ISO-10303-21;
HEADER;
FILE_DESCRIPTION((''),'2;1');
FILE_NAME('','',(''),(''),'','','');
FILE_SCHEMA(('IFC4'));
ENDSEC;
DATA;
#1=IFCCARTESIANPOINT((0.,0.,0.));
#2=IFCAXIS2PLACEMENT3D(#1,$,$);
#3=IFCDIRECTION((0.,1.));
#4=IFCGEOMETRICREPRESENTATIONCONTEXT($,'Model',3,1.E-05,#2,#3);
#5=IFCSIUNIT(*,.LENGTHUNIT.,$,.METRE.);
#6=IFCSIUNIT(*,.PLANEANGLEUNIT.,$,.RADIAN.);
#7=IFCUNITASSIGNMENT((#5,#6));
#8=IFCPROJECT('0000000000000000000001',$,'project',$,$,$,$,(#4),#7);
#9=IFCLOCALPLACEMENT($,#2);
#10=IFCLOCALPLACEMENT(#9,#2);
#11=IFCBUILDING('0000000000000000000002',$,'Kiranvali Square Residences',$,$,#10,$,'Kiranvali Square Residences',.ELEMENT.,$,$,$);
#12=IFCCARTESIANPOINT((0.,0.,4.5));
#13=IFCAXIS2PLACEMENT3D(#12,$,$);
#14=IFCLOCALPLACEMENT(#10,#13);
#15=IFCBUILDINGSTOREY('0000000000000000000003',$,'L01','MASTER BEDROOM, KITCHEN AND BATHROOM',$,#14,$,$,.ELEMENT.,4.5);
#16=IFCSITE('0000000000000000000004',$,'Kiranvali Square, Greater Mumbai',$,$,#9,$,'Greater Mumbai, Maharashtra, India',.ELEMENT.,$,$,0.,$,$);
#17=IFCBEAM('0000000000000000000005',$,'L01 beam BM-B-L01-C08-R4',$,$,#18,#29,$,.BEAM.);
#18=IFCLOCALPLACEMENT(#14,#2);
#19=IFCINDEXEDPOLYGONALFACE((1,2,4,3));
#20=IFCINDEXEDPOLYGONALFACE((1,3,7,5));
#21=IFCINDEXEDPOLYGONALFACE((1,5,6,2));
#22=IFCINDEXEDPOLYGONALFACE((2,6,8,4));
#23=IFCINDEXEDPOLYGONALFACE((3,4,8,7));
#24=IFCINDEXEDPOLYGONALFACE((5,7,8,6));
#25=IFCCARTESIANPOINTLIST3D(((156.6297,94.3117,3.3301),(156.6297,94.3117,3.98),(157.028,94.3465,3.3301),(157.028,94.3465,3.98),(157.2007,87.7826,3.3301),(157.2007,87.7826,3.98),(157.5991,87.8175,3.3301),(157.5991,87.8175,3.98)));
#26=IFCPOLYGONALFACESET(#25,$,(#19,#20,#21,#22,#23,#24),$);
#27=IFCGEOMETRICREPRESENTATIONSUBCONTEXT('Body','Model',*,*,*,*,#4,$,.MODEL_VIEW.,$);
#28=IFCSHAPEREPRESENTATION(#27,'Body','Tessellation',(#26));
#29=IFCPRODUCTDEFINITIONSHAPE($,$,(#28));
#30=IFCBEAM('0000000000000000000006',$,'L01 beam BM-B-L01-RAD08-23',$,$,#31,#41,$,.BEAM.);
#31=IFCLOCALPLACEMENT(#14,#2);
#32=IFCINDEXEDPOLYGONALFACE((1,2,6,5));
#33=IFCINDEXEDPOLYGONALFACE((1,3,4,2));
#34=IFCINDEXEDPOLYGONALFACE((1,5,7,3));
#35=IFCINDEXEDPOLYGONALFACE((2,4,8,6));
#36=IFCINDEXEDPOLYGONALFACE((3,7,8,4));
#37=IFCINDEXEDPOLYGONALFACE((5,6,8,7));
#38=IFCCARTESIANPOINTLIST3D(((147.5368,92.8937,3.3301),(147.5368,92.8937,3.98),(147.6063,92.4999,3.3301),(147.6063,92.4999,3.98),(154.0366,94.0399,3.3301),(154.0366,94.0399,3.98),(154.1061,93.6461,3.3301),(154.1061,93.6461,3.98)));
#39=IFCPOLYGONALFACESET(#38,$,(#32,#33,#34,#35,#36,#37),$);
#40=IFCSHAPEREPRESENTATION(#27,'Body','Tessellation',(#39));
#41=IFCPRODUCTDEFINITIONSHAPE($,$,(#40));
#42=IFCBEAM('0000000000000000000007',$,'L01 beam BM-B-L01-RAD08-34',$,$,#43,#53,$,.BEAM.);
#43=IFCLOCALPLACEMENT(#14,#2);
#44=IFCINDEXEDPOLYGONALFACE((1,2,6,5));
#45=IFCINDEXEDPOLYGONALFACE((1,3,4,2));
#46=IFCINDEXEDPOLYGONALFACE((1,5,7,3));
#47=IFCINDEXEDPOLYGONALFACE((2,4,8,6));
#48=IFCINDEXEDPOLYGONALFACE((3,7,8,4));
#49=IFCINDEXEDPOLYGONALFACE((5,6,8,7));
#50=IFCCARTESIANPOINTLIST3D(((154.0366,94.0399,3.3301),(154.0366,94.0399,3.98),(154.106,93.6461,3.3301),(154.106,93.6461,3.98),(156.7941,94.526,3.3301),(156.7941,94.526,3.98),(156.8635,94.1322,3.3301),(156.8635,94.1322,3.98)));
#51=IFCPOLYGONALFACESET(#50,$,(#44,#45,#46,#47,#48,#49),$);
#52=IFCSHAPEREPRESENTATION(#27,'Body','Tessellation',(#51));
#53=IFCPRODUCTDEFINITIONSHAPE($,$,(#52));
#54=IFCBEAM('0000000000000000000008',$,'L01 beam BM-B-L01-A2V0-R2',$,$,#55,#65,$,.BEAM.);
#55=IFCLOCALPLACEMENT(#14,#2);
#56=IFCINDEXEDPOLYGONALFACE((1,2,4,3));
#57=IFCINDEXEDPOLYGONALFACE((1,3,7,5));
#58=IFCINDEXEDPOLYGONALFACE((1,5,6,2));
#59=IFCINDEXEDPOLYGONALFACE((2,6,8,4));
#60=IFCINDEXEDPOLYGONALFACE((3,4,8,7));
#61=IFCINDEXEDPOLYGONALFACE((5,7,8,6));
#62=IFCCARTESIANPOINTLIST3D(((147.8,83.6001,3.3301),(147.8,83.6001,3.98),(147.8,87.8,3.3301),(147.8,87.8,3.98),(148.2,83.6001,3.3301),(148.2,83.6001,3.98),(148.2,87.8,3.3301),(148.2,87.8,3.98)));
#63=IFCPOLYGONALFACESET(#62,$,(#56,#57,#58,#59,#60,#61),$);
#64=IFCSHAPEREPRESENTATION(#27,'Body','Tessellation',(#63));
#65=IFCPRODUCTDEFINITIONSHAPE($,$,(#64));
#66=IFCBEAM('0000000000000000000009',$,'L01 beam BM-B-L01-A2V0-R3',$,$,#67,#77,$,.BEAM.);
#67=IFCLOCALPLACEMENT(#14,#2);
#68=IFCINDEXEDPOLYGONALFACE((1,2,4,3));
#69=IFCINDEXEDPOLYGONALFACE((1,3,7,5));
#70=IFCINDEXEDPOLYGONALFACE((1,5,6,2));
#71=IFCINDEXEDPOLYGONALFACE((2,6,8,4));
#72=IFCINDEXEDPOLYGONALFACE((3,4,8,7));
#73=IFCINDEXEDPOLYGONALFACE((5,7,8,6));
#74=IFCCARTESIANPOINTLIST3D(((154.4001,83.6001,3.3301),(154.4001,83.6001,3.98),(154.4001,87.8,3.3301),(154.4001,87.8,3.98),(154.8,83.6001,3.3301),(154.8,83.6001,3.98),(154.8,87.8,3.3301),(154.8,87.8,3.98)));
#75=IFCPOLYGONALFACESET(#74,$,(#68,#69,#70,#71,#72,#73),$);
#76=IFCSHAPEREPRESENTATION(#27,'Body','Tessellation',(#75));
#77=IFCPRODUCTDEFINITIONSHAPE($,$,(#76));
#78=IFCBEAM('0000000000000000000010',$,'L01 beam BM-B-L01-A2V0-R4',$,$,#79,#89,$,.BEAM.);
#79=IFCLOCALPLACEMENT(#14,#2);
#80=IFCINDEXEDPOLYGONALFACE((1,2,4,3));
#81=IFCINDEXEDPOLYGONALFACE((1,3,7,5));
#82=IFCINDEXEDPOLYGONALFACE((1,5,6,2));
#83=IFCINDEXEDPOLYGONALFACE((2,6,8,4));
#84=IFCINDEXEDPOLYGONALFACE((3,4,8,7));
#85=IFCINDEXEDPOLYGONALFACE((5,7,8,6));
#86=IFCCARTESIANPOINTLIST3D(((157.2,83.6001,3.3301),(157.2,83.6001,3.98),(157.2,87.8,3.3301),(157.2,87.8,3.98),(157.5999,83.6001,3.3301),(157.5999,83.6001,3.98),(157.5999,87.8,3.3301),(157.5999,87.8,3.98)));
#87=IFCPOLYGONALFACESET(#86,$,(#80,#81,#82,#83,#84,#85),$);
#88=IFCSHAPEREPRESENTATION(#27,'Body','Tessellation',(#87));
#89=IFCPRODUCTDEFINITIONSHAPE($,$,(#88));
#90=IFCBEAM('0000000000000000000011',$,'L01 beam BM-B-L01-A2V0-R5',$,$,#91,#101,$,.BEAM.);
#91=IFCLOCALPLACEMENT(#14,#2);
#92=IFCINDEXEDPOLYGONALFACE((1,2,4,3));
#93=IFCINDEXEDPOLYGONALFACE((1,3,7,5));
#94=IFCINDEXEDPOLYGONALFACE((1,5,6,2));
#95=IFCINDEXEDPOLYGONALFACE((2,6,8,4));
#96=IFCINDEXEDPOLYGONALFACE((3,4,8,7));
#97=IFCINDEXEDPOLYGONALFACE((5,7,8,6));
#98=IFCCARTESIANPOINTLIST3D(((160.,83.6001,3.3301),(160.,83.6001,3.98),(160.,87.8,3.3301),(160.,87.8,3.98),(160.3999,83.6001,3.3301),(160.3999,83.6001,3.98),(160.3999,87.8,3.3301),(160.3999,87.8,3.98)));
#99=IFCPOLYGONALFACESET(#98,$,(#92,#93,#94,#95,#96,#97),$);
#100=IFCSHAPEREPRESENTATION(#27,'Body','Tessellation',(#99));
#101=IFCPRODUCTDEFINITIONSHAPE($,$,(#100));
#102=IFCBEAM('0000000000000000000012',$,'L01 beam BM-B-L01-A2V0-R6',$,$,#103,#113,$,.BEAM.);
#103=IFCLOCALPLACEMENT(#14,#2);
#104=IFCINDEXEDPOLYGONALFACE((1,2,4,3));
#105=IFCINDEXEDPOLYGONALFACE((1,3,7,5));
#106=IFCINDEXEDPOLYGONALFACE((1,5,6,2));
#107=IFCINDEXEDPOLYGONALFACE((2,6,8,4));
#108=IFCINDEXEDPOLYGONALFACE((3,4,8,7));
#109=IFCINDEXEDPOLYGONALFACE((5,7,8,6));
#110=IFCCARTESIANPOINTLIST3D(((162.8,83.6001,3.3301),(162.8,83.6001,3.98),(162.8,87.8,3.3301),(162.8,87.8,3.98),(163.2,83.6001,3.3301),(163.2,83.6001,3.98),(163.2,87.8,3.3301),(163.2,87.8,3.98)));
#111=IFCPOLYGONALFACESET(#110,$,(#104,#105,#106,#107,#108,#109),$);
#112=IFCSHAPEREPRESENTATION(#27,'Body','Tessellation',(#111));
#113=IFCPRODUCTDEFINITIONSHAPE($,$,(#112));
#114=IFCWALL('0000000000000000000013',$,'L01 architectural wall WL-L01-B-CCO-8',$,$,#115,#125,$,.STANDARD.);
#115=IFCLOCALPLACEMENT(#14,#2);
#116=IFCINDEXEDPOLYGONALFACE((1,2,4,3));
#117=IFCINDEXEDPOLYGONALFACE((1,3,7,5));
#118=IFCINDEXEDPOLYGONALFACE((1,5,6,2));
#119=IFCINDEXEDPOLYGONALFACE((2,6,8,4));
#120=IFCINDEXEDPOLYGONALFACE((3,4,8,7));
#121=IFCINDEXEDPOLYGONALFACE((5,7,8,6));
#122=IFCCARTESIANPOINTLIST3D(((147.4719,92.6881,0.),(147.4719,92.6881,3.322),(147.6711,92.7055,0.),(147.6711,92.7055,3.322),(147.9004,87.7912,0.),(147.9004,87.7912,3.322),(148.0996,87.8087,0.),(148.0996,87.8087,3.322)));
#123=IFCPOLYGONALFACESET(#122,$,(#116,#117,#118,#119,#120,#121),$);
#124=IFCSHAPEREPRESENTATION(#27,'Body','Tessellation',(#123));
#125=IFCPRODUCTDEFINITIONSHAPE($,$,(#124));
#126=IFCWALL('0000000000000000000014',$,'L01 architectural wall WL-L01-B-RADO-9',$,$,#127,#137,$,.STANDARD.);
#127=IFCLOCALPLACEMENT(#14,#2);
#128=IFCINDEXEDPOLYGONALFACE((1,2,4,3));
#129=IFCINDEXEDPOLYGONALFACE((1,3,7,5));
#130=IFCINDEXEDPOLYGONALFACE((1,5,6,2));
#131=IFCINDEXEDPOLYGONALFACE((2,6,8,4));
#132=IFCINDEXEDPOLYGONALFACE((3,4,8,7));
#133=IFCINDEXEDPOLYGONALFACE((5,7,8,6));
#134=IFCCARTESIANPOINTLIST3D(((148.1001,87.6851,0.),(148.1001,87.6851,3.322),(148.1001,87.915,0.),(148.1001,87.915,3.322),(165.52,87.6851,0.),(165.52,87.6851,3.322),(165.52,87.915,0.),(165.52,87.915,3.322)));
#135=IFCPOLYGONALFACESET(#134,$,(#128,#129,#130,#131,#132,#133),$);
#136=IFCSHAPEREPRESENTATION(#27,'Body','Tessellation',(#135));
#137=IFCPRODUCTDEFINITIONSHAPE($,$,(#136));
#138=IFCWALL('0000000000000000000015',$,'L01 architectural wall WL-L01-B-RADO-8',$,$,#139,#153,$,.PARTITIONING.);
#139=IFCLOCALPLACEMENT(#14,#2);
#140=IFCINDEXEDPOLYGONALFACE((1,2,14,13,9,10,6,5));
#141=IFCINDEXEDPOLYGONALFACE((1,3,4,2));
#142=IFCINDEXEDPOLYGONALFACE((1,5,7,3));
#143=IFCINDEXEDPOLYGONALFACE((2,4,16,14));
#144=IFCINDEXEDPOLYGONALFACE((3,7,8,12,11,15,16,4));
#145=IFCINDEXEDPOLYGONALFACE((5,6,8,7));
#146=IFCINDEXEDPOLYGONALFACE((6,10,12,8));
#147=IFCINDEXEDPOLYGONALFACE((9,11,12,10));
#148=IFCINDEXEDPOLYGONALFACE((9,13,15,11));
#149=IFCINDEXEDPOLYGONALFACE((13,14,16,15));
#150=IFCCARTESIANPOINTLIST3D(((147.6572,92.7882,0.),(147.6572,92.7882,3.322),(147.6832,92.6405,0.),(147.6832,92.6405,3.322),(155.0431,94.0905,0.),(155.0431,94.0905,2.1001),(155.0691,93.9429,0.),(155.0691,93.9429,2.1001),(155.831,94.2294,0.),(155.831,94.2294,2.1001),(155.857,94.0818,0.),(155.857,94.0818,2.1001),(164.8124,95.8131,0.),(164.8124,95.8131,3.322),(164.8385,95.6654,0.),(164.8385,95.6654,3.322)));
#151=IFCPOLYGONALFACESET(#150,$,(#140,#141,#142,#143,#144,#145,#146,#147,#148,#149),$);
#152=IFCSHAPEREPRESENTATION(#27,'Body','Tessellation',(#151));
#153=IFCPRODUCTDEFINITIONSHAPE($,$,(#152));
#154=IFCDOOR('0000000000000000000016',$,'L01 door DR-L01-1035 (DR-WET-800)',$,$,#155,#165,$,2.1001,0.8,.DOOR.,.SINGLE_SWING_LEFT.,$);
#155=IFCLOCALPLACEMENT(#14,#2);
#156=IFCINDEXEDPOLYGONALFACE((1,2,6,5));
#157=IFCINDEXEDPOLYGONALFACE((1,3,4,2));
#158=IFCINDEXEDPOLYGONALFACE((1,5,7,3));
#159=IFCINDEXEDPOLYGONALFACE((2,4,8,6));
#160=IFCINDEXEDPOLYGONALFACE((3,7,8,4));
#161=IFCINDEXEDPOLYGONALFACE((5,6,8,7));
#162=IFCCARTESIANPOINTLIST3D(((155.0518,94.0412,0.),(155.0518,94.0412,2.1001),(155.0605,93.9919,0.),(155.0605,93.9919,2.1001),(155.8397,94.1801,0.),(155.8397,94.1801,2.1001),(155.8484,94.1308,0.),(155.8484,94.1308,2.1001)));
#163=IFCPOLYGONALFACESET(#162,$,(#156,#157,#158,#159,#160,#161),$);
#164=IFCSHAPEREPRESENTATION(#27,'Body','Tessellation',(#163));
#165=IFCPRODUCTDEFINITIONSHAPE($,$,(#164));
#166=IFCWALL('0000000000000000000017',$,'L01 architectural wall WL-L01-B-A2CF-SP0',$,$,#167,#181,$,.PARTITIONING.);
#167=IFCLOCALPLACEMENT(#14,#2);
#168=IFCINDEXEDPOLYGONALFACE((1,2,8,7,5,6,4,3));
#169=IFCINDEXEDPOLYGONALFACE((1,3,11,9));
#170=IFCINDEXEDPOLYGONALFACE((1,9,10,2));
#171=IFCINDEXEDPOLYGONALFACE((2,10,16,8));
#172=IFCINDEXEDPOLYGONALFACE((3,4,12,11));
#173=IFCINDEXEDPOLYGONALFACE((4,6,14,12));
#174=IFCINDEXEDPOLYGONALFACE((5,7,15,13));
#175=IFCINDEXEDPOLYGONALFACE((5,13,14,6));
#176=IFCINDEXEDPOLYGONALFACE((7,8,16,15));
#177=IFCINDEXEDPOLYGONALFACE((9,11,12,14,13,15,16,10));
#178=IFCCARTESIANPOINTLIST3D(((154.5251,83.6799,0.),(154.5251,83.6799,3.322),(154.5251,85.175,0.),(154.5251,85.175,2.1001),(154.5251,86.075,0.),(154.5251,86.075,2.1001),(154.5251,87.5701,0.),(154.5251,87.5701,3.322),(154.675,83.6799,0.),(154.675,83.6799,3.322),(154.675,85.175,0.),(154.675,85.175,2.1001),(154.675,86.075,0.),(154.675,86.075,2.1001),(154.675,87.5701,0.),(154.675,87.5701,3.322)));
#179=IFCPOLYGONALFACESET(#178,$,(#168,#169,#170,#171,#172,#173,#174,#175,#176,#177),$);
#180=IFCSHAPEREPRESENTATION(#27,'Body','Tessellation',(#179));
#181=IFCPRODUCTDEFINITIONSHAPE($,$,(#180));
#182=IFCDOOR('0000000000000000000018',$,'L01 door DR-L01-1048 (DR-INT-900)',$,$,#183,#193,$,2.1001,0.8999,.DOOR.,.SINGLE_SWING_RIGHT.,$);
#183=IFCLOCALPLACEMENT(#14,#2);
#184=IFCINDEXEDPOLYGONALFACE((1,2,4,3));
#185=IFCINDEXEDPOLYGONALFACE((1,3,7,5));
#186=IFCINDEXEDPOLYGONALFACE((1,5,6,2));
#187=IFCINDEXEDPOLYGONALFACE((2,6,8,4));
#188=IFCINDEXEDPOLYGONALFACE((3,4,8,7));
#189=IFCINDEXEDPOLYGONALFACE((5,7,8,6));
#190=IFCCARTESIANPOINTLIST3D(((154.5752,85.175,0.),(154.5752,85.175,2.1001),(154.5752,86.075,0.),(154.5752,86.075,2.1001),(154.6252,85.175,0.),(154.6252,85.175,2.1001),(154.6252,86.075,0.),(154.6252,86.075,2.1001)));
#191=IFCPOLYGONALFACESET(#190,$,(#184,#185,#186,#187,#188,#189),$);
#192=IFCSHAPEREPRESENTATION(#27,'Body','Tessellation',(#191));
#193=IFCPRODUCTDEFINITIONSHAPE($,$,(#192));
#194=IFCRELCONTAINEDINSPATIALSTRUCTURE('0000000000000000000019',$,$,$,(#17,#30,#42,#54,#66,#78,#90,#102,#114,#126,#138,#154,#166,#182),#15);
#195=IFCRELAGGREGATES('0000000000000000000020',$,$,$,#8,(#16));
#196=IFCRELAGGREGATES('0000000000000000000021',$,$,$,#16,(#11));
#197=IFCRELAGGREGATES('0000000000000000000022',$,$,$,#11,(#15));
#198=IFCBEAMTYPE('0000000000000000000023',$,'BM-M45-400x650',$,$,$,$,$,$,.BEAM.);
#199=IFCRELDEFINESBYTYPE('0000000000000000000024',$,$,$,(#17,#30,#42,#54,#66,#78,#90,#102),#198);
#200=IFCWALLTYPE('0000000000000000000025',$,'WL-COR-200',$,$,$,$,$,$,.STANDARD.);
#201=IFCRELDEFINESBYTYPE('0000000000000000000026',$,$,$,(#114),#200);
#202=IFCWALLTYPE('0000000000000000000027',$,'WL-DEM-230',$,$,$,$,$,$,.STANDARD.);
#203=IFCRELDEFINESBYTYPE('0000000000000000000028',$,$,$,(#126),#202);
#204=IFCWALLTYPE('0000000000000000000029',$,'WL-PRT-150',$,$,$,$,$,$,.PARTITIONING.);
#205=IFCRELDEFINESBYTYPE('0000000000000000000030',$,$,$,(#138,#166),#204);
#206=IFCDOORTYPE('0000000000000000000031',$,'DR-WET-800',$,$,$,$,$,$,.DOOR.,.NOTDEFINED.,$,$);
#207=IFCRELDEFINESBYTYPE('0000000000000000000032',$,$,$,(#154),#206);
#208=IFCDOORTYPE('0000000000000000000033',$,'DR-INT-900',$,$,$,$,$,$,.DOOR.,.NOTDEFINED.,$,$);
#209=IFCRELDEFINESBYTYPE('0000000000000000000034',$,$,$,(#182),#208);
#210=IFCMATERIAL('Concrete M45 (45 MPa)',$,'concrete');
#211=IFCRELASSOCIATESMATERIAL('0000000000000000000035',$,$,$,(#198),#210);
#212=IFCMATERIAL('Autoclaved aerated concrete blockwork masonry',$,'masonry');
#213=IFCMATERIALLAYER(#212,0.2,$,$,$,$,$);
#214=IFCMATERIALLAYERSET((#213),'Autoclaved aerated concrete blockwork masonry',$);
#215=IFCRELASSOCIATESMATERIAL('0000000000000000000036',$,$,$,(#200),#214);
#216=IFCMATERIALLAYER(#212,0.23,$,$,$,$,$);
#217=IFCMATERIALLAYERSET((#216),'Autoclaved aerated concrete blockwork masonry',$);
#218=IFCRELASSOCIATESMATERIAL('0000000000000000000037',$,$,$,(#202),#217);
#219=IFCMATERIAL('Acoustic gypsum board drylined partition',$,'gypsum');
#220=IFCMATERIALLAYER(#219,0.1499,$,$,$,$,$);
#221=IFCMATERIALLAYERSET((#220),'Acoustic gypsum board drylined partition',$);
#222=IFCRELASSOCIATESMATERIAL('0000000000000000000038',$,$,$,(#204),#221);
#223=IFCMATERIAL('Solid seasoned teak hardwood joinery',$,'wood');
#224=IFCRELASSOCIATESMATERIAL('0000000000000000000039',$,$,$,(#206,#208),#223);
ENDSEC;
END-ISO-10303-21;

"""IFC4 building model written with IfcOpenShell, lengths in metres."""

from ifc_helpers import new_model, si_unit, direction, frame, frame_2d, origin, origin_2d, place, context, subcontext, project, spatial, rectangle, extrude, material, layer, layer_set, material_profile, profile_set, type_object, element, fill, save


model = new_model("IFC4")

# Units and contexts
model_context = context("Model", 3, precision=1e-05, world=origin(), true_north=direction((0.0, 1.0)))
body_context = subcontext(model_context, "Body", "Model", "MODEL_VIEW")
ifc_project = project(units=[si_unit("LENGTHUNIT", "METRE"), si_unit("PLANEANGLEUNIT", "RADIAN")], contexts=[model_context])

# Site, building, storey
site_placement = place(None, origin())
site = spatial("IfcSite", under=ifc_project, at=site_placement, Name="Kiranvali Square, Greater Mumbai", LongName="Greater Mumbai, Maharashtra, India", CompositionType="ELEMENT", RefElevation=0.0)
building_placement = place(site_placement, origin())
building = spatial("IfcBuilding", under=site, at=building_placement, Name="Kiranvali Square Residences", LongName="Kiranvali Square Residences", CompositionType="ELEMENT")
storey_placement = place(building_placement, frame((0.0, 0.0, 4.5)))
storey = spatial("IfcBuildingStorey", under=building, at=storey_placement, Name="L01", Description="MASTER BEDROOM, KITCHEN AND BATHROOM", CompositionType="ELEMENT", Elevation=4.5)

# Shared definitions
ifc_material_1 = material(Name="Concrete M45 (45 MPa)", Category="concrete")

# Beams
ifc_material_profile_1 = material_profile(ifc_material_1, rectangle(XDim=0.3999, YDim=0.6499, at=origin_2d()), Name="RC 400x650")
ifc_profile_set_1 = profile_set([ifc_material_profile_1], Name="Concrete M45 (45 MPa)")
beam_type_1 = type_object("IfcBeamType", Name="BM-M45-400x650", PredefinedType="BEAM", material=ifc_profile_set_1)
beam_1_placement = place(storey_placement, frame((156.8289, 94.3291, 3.655), z_axis=(0.08713, -0.996197, 0.0), x_axis=(0.996197, 0.08713, 0.0)))
element("IfcBeam", 1, at=beam_1_placement, inside=storey, type_object=beam_type_1, Name="L01 beam BM-B-L01-C08-R4", PredefinedType="BEAM", context=body_context, shape_type="SweptSolid", body=[
    extrude(rectangle(XDim=0.3999, YDim=0.6499, at=origin_2d()), origin(), (0.0, 0.0, 1.0), 6.554),
])
beam_2_placement = place(storey_placement, frame((147.5715, 92.6968, 3.655), z_axis=(0.984804, 0.173671, 0.0), x_axis=(-0.173671, 0.984804, 0.0)))
element("IfcBeam", 2, at=beam_2_placement, inside=storey, type_object=beam_type_1, Name="L01 beam BM-B-L01-RAD08-23", PredefinedType="BEAM", context=body_context, shape_type="SweptSolid", body=[
    extrude(rectangle(XDim=0.3999, YDim=0.6499, at=origin_2d()), origin(), (0.0, 0.0, 1.0), 6.6001),
])
beam_3_placement = place(storey_placement, frame((154.0713, 93.843, 3.655), z_axis=(0.984817, 0.173596, 0.0), x_axis=(-0.173596, 0.984817, 0.0)))
element("IfcBeam", 3, at=beam_3_placement, inside=storey, type_object=beam_type_1, Name="L01 beam BM-B-L01-RAD08-34", PredefinedType="BEAM", context=body_context, shape_type="SweptSolid", body=[
    extrude(rectangle(XDim=0.3999, YDim=0.6499, at=origin_2d()), origin(), (0.0, 0.0, 1.0), 2.8),
])
for number, where, z_axis, x_axis, name in (
    (4, (148.0, 87.8, 3.655), (0.0, -1.0, 0.0), (1.0, 0.0, 0.0), "L01 beam BM-B-L01-A2V0-R2"),
    (5, (154.6001, 87.8, 3.655), (0.0, -1.0, 0.0), (1.0, 0.0, 0.0), "L01 beam BM-B-L01-A2V0-R3"),
    (6, (157.3999, 87.8, 3.655), (0.0, -1.0, 0.0), (1.0, 0.0, 0.0), "L01 beam BM-B-L01-A2V0-R4"),
    (7, (160.2, 87.8, 3.655), (0.0, -1.0, 0.0), (1.0, 0.0, 0.0), "L01 beam BM-B-L01-A2V0-R5"),
    (8, (163.0, 87.8, 3.655), (0.0, -1.0, 0.0), (1.0, 0.0, 0.0), "L01 beam BM-B-L01-A2V0-R6"),
):
    element("IfcBeam", number, at=place(storey_placement, frame(where, z_axis=z_axis, x_axis=x_axis)), inside=storey, type_object=beam_type_1, Name=name, PredefinedType="BEAM", context=body_context, shape_type="SweptSolid", body=[
        extrude(rectangle(XDim=0.3999, YDim=0.6499, at=origin_2d()), origin(), (0.0, 0.0, 1.0), 4.2),
    ])

# Wall
ifc_material_2 = material(Name="Autoclaved aerated concrete blockwork masonry", Category="masonry")
ifc_layer_1 = layer(ifc_material_2, 0.2)
ifc_layer_set_1 = layer_set([ifc_layer_1], Name="Autoclaved aerated concrete blockwork masonry")
wall_type_1 = type_object("IfcWallType", Name="WL-COR-200", PredefinedType="STANDARD", material=ifc_layer_set_1)
wall_1_placement = place(storey_placement, frame((147.5715, 92.6968, 0.0), z_axis=(0.0, 0.0, 1.0), x_axis=(0.087168, -0.996194, 0.0)))
element("IfcWall", 9, at=wall_1_placement, inside=storey, type_object=wall_type_1, Name="L01 architectural wall WL-L01-B-CCO-8", PredefinedType="STANDARD", context=body_context, shape_type="SweptSolid", body=[
    extrude(rectangle(XDim=4.9155, YDim=0.2, at=frame_2d((2.4578, 0.0))), origin(), (0.0, 0.0, 1.0), 3.322),
])

# Wall
ifc_layer_2 = layer(ifc_material_2, 0.23)
ifc_layer_set_2 = layer_set([ifc_layer_2], Name="Autoclaved aerated concrete blockwork masonry")
wall_type_2 = type_object("IfcWallType", Name="WL-DEM-230", PredefinedType="STANDARD", material=ifc_layer_set_2)
wall_2_placement = place(storey_placement, frame((148.1001, 87.8, 0.0), z_axis=(0.0, 0.0, 1.0), x_axis=(1.0, 0.0, 0.0)))
element("IfcWall", 10, at=wall_2_placement, inside=storey, type_object=wall_type_2, Name="L01 architectural wall WL-L01-B-RADO-9", PredefinedType="STANDARD", context=body_context, shape_type="SweptSolid", body=[
    extrude(rectangle(XDim=17.4199, YDim=0.23, at=frame_2d((8.71, 0.0))), origin(), (0.0, 0.0, 1.0), 3.322),
])

# Walls, openings, doors
ifc_material_3 = material(Name="Acoustic gypsum board drylined partition", Category="gypsum")
ifc_layer_3 = layer(ifc_material_3, 0.1499)
ifc_layer_set_3 = layer_set([ifc_layer_3], Name="Acoustic gypsum board drylined partition")
wall_type_3 = type_object("IfcWallType", Name="WL-PRT-150", PredefinedType="PARTITIONING", material=ifc_layer_set_3)
wall_3_placement = place(storey_placement, frame((147.6702, 92.7144, 0.0), z_axis=(0.0, 0.0, 1.0), x_axis=(0.984808, 0.173646, 0.0)))
wall_3 = element("IfcWall", 11, at=wall_3_placement, inside=storey, type_object=wall_type_3, Name="L01 architectural wall WL-L01-B-RADO-8", PredefinedType="PARTITIONING", context=body_context, shape_type="SweptSolid", body=[
    extrude(rectangle(XDim=17.4199, YDim=0.1499, at=frame_2d((8.71, 0.0))), origin(), (0.0, 0.0, 1.0), 3.322),
])
opening_1_placement = place(wall_3_placement, frame((7.5, 0.0, 0.0)))
opening_1 = element("IfcOpeningElement", 12, at=opening_1_placement, cuts=wall_3, PredefinedType="OPENING", context=body_context, shape_type="SweptSolid", body=[
    extrude(rectangle(XDim=0.8, YDim=2.1001, at=frame_2d((0.3999, 1.05))), frame((0.0, 0.085, 0.0), z_axis=(0.0, -1.0, 0.0), x_axis=(1.0, 0.0, 0.0)), (0.0, 0.0, 1.0), 0.1699),
])
ifc_material_4 = material(Name="Solid seasoned teak hardwood joinery", Category="wood")
door_type_1 = type_object("IfcDoorType", Name="DR-WET-800", OperationType="NOTDEFINED", PredefinedType="DOOR", material=ifc_material_4)
door_1_placement = place(opening_1_placement, origin())
door_1 = element("IfcDoor", 13, at=door_1_placement, inside=storey, type_object=door_type_1, Name="L01 door DR-L01-1035 (DR-WET-800)", OperationType="SINGLE_SWING_LEFT", OverallHeight=2.1001, OverallWidth=0.8, PredefinedType="DOOR", context=body_context, shape_type="SweptSolid", body=[
    extrude(rectangle(XDim=0.8, YDim=2.1001, at=frame_2d((0.3999, 1.05))), frame((0.0, 0.0249, 0.0), z_axis=(0.0, -1.0, 0.0), x_axis=(1.0, 0.0, 0.0)), (0.0, 0.0, 1.0), 0.05),
])
fill(opening_1, door_1)
wall_4_placement = place(storey_placement, frame((154.6001, 87.5701, 0.0), z_axis=(0.0, 0.0, 1.0), x_axis=(0.0, -1.0, 0.0)))
wall_4 = element("IfcWall", 14, at=wall_4_placement, inside=storey, type_object=wall_type_3, Name="L01 architectural wall WL-L01-B-A2CF-SP0", PredefinedType="PARTITIONING", context=body_context, shape_type="SweptSolid", body=[
    extrude(rectangle(XDim=3.8901, YDim=0.1499, at=frame_2d((1.9451, 0.0))), origin(), (0.0, 0.0, 1.0), 3.322),
])
opening_2_placement = place(wall_4_placement, frame((1.4951, 0.0, 0.0)))
opening_2 = element("IfcOpeningElement", 15, at=opening_2_placement, cuts=wall_4, PredefinedType="OPENING", context=body_context, shape_type="SweptSolid", body=[
    extrude(rectangle(XDim=0.8999, YDim=2.1001, at=frame_2d((0.45, 1.05))), frame((0.0, 0.085, 0.0), z_axis=(0.0, -1.0, 0.0), x_axis=(1.0, 0.0, 0.0)), (0.0, 0.0, 1.0), 0.1699),
])
door_type_2 = type_object("IfcDoorType", Name="DR-INT-900", OperationType="NOTDEFINED", PredefinedType="DOOR", material=ifc_material_4)
door_2_placement = place(opening_2_placement, frame((0.8999, 0.0, 0.0), z_axis=(0.0, 0.0, 1.0), x_axis=(-1.0, 0.0, 0.0)))
door_2 = element("IfcDoor", 16, at=door_2_placement, inside=storey, type_object=door_type_2, Name="L01 door DR-L01-1048 (DR-INT-900)", OperationType="SINGLE_SWING_RIGHT", OverallHeight=2.1001, OverallWidth=0.8999, PredefinedType="DOOR", context=body_context, shape_type="SweptSolid", body=[
    extrude(rectangle(XDim=0.8999, YDim=2.1001, at=frame_2d((0.45, 1.05))), frame((0.0, 0.0249, 0.0), z_axis=(0.0, -1.0, 0.0), x_axis=(1.0, 0.0, 0.0)), (0.0, 0.0, 1.0), 0.05),
])
fill(opening_2, door_2)

save(model, "model.ifc")
